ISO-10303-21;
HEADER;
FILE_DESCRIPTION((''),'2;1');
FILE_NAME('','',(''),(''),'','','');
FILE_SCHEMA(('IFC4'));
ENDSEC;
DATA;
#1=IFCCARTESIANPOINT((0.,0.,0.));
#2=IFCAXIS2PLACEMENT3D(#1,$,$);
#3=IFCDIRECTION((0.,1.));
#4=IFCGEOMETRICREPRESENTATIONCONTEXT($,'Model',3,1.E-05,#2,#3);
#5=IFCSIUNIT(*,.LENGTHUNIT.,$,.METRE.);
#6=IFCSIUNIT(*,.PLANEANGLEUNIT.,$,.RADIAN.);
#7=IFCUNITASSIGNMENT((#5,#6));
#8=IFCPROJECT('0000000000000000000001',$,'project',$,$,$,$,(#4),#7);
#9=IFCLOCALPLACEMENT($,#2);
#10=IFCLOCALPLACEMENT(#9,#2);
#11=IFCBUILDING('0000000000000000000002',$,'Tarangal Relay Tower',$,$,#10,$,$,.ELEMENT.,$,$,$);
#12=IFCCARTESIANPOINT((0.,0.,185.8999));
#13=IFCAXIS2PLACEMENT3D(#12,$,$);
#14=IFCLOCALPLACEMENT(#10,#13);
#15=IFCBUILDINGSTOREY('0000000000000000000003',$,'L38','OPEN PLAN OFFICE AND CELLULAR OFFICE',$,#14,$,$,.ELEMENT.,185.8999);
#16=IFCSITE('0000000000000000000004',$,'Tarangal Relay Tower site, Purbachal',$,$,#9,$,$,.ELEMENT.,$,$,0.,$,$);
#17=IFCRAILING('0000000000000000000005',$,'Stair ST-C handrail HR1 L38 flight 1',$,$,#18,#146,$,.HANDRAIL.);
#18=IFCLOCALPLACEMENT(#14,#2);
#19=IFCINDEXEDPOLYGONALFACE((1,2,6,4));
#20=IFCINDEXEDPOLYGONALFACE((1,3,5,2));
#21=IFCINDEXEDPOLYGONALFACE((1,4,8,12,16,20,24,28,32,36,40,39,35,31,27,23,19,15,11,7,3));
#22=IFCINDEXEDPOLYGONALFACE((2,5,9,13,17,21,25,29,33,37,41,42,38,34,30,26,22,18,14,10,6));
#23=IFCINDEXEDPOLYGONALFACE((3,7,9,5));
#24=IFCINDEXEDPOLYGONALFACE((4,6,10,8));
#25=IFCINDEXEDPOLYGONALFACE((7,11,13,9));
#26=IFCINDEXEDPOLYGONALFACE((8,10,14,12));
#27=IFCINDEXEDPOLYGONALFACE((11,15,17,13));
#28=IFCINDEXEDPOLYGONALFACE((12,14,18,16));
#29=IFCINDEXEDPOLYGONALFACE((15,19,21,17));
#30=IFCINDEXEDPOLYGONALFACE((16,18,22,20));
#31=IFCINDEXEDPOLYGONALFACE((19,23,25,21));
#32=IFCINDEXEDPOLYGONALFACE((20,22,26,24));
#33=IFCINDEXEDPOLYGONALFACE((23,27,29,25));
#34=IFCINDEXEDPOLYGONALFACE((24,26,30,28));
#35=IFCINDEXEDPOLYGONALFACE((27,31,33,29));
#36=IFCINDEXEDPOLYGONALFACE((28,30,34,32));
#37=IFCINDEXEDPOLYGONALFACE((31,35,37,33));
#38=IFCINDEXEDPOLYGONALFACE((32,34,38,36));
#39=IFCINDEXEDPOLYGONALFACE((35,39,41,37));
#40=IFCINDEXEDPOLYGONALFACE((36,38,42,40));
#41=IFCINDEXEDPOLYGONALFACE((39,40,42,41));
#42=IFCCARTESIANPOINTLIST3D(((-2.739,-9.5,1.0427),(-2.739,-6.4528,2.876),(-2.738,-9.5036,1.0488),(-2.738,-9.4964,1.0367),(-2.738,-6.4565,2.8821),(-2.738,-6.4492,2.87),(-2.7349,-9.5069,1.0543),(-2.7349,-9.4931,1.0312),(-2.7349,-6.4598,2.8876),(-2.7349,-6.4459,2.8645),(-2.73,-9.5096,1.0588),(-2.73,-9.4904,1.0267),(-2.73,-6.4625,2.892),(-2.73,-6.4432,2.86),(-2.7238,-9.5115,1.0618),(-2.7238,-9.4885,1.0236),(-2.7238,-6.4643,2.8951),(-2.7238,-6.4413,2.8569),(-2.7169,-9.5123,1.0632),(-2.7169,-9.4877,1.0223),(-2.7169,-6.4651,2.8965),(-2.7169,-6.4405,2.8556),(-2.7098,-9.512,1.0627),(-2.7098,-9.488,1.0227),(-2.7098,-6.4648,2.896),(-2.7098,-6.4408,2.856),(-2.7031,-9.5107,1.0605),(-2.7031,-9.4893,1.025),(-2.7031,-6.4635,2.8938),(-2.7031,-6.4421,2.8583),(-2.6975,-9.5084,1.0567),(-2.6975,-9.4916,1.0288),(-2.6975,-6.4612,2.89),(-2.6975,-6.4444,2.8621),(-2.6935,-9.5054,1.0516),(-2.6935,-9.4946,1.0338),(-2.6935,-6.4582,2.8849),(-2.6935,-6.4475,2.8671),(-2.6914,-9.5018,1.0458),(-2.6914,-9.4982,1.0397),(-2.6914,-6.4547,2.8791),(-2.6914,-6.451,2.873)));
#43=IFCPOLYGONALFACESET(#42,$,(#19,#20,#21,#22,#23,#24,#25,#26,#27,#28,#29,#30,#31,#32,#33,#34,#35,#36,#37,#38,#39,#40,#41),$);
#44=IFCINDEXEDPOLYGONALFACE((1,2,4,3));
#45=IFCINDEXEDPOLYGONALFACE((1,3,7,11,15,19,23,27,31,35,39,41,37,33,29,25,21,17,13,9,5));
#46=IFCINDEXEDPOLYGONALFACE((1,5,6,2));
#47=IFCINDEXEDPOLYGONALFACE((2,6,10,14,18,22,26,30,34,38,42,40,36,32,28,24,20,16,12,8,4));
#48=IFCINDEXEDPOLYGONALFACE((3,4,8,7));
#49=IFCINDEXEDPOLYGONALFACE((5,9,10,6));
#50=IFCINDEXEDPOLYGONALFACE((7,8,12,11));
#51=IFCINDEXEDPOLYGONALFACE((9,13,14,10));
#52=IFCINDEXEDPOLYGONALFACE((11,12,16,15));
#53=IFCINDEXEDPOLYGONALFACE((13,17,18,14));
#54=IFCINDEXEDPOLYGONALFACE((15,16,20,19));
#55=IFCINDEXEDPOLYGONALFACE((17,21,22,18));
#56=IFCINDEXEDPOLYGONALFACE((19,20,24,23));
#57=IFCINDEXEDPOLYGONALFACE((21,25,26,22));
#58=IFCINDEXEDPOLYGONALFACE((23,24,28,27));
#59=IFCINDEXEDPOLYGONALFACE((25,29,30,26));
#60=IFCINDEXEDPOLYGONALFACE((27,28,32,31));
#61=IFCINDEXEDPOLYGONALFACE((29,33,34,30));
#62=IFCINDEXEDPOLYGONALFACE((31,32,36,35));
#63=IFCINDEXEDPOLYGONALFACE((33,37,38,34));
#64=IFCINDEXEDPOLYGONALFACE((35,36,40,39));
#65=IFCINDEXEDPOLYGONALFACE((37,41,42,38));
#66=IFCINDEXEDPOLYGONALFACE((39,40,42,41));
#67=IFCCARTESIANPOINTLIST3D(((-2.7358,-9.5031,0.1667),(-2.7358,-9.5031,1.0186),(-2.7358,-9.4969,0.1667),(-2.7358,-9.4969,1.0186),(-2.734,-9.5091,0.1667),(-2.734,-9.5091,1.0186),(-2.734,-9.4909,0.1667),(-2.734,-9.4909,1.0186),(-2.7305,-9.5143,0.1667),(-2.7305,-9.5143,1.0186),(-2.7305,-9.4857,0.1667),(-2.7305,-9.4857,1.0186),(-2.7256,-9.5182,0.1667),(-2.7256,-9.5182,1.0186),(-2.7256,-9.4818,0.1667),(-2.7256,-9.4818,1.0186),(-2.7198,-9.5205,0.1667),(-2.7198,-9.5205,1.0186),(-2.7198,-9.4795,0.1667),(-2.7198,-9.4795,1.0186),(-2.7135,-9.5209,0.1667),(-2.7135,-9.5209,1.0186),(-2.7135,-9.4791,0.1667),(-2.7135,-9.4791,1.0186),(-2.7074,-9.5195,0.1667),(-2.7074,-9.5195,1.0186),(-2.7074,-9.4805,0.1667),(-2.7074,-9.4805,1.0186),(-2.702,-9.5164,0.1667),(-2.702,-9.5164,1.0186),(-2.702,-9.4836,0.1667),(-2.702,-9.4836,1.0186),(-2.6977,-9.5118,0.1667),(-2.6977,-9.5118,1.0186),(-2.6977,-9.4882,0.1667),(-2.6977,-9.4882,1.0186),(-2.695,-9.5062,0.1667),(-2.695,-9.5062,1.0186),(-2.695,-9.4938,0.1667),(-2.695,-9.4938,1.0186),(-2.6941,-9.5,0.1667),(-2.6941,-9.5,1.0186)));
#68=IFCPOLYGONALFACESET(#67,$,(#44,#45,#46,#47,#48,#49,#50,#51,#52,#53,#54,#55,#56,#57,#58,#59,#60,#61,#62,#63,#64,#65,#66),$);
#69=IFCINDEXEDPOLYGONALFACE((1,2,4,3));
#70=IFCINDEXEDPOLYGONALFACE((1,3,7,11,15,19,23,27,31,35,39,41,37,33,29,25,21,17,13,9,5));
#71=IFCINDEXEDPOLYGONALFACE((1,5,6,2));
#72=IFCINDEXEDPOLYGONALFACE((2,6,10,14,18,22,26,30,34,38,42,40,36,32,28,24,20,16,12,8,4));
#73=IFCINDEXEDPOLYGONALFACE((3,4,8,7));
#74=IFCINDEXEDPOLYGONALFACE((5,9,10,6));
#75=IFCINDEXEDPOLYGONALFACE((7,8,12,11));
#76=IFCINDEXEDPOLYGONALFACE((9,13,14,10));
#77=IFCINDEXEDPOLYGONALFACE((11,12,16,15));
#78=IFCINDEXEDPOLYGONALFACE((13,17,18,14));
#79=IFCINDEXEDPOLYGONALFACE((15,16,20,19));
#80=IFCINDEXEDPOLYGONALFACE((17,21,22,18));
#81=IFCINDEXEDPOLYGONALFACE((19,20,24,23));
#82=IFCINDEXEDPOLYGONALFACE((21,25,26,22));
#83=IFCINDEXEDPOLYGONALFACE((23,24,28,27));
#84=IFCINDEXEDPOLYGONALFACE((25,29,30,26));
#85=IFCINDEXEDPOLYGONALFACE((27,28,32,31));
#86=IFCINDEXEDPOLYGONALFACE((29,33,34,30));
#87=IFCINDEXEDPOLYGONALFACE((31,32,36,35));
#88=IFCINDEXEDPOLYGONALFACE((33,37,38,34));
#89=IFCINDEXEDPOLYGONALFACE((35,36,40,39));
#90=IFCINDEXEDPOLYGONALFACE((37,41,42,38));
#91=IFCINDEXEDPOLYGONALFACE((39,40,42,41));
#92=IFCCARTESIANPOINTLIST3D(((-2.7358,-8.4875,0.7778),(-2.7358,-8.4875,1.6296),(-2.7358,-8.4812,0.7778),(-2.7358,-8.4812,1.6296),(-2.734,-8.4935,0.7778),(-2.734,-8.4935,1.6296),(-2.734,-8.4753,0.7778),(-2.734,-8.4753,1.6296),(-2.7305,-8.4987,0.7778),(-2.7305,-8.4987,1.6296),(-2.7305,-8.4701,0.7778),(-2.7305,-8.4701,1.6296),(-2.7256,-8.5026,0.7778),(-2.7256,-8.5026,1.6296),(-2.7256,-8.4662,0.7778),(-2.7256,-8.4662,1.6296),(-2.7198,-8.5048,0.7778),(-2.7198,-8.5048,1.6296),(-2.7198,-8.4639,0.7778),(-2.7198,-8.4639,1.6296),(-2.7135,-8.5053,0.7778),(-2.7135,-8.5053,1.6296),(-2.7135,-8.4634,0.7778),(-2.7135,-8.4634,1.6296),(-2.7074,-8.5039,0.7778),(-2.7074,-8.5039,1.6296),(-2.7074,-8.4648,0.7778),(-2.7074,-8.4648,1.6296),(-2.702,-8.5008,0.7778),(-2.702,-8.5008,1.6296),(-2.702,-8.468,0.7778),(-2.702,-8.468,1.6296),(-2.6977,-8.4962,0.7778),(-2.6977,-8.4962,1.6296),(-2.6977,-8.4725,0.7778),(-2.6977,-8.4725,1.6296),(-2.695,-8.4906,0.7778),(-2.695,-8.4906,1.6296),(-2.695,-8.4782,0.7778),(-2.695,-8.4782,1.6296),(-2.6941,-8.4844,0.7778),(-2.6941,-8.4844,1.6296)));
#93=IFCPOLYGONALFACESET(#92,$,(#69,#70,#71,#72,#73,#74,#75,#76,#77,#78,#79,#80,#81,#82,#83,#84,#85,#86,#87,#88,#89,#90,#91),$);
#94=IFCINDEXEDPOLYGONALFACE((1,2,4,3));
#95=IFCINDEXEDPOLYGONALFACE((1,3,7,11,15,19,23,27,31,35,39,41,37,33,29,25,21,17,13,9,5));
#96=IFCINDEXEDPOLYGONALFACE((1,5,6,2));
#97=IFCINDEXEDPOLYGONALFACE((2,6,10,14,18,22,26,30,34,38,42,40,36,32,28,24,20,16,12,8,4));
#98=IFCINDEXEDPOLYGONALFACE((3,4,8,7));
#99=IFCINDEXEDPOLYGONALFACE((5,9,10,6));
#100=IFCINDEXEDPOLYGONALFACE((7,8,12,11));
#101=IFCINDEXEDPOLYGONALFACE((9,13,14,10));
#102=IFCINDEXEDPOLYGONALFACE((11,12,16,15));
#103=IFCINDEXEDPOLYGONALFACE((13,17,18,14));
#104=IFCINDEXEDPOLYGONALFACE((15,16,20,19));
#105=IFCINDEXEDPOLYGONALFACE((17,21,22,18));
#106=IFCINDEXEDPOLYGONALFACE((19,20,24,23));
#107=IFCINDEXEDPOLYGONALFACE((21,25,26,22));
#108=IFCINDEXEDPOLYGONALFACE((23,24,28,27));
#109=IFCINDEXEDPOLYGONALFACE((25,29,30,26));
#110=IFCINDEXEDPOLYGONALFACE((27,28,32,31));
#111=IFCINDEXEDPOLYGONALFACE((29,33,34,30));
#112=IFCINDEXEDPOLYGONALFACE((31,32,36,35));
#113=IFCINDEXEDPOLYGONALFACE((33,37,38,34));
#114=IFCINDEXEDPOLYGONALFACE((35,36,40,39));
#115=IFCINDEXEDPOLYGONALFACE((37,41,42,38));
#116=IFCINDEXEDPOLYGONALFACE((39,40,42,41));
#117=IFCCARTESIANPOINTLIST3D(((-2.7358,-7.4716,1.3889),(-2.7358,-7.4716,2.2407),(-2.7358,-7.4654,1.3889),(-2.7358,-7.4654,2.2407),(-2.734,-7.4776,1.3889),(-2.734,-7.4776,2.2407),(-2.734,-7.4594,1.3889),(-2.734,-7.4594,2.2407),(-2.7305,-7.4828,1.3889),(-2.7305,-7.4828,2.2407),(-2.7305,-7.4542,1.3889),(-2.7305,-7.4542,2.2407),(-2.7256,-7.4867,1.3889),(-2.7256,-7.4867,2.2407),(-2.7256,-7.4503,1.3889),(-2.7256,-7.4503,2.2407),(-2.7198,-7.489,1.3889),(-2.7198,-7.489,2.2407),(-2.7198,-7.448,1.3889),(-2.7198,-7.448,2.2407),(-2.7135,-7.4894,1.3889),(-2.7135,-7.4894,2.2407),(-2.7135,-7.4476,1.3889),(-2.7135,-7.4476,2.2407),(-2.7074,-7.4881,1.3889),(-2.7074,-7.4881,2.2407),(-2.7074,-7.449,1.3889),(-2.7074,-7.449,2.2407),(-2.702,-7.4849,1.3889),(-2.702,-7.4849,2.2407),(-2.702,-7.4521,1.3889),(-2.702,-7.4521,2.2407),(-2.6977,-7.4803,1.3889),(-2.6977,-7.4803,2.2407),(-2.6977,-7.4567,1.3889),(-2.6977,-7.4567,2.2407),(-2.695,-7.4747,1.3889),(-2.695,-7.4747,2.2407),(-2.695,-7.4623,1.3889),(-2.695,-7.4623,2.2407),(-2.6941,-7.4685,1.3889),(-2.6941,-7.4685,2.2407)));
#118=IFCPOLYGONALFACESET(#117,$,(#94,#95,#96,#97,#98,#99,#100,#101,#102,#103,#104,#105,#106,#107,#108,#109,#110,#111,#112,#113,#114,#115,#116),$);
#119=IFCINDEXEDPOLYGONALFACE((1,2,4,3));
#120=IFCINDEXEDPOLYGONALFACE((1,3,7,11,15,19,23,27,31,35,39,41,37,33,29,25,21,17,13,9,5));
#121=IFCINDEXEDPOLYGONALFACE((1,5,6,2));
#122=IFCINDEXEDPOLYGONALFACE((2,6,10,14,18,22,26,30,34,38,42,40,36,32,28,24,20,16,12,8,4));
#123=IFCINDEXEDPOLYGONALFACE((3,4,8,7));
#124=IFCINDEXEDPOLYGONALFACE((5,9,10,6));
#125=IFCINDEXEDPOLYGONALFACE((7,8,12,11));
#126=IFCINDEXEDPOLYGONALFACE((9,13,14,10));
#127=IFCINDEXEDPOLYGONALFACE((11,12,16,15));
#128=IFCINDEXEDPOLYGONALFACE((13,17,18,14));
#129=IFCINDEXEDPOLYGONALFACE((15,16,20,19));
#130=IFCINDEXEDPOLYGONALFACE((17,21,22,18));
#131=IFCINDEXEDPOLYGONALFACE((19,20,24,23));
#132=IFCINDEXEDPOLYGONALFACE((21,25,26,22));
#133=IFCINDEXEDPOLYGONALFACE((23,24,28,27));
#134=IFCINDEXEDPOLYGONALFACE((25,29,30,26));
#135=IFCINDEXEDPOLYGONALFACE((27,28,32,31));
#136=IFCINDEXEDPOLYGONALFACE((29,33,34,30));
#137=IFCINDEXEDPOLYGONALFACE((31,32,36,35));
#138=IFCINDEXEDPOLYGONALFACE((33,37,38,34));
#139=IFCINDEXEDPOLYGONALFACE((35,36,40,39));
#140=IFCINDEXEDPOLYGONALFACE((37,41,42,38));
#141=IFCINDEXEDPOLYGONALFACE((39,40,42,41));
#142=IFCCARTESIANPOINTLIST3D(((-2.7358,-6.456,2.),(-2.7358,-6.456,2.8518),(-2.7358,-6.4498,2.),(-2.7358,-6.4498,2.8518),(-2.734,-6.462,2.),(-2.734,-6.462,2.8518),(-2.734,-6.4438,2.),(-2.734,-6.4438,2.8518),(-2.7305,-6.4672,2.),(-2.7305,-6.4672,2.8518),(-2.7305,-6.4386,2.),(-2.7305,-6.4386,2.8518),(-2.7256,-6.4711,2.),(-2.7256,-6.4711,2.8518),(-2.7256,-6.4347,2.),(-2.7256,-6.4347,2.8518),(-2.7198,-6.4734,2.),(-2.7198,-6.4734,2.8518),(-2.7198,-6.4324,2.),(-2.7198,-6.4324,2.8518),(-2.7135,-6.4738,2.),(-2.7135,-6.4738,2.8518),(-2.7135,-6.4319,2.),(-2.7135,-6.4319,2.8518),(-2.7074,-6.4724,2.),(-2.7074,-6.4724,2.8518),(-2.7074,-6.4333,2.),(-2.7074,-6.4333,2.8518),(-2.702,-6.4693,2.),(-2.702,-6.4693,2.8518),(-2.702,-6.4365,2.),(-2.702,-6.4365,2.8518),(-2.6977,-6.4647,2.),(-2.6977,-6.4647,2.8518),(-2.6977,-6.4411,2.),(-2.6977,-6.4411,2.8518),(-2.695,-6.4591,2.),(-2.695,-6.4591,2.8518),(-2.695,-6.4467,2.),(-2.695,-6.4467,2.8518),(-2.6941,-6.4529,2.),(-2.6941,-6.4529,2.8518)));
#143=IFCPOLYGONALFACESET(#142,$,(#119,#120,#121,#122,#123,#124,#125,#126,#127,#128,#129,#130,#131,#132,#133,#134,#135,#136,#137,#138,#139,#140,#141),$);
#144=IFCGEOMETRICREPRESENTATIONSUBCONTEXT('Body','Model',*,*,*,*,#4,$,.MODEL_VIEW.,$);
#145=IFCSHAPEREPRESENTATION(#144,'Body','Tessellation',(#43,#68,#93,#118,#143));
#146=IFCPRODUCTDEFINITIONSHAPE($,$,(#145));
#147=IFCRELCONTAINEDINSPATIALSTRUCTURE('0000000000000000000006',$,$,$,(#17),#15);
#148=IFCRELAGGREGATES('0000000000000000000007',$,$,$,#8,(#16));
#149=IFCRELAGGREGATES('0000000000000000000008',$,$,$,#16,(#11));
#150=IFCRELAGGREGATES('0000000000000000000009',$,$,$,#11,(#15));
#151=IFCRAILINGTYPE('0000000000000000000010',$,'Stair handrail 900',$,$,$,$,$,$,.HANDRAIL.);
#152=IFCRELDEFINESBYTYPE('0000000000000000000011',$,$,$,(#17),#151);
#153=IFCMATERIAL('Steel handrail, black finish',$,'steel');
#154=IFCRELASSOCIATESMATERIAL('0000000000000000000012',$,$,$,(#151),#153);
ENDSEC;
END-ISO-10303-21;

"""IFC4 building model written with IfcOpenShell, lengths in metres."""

from ifc_helpers import new_model, si_unit, direction, frame, origin, origin_2d, place, context, subcontext, project, spatial, circle, extrude, material, type_object, element, save


model = new_model("IFC4")

# Units and contexts
model_context = context("Model", 3, precision=1e-05, world=origin(), true_north=direction((0.0, 1.0)))
body_context = subcontext(model_context, "Body", "Model", "MODEL_VIEW")
ifc_project = project(units=[si_unit("LENGTHUNIT", "METRE"), si_unit("PLANEANGLEUNIT", "RADIAN")], contexts=[model_context])

# Site, building, storey
site_placement = place(None, origin())
site = spatial("IfcSite", under=ifc_project, at=site_placement, Name="Tarangal Relay Tower site, Purbachal", CompositionType="ELEMENT", RefElevation=0.0)
building_placement = place(site_placement, origin())
building = spatial("IfcBuilding", under=site, at=building_placement, Name="Tarangal Relay Tower", CompositionType="ELEMENT")
storey_placement = place(building_placement, frame((0.0, 0.0, 185.8999)))
storey = spatial("IfcBuildingStorey", under=building, at=storey_placement, Name="L38", Description="OPEN PLAN OFFICE AND CELLULAR OFFICE", CompositionType="ELEMENT", Elevation=185.8999)

# Railing
ifc_material_1 = material(Name="Steel handrail, black finish", Category="steel")
railing_type_1 = type_object("IfcRailingType", Name="Stair handrail 900", PredefinedType="HANDRAIL", material=ifc_material_1)
railing_1_placement = place(storey_placement, frame((-2.7151, -9.5, 0.1667)))
element("IfcRailing", 1, at=railing_1_placement, inside=storey, type_object=railing_type_1, Name="Stair ST-C handrail HR1 L38 flight 1", PredefinedType="HANDRAIL", context=body_context, shape_type="SweptSolid", body=[
    extrude(circle(Radius=0.0239, at=origin_2d()), frame((0.0, 0.0, 0.876), z_axis=(0.0, 0.856874, 0.515525), x_axis=(-1.0, 0.0, 0.0)), (0.0, 0.0, 1.0), 3.5562),
    extrude(circle(Radius=0.021, at=origin_2d()), origin(), (0.0, 0.0, 1.0), 0.8518),
    extrude(circle(Radius=0.021, at=origin_2d()), frame((0.0, 1.0156, 0.6111)), (0.0, 0.0, 1.0), 0.8518),
    extrude(circle(Radius=0.021, at=origin_2d()), frame((0.0, 2.0315, 1.2222)), (0.0, 0.0, 1.0), 0.8518),
    extrude(circle(Radius=0.021, at=origin_2d()), frame((0.0, 3.0471, 1.8333)), (0.0, 0.0, 1.0), 0.8518),
])

save(model, "model.ifc")
